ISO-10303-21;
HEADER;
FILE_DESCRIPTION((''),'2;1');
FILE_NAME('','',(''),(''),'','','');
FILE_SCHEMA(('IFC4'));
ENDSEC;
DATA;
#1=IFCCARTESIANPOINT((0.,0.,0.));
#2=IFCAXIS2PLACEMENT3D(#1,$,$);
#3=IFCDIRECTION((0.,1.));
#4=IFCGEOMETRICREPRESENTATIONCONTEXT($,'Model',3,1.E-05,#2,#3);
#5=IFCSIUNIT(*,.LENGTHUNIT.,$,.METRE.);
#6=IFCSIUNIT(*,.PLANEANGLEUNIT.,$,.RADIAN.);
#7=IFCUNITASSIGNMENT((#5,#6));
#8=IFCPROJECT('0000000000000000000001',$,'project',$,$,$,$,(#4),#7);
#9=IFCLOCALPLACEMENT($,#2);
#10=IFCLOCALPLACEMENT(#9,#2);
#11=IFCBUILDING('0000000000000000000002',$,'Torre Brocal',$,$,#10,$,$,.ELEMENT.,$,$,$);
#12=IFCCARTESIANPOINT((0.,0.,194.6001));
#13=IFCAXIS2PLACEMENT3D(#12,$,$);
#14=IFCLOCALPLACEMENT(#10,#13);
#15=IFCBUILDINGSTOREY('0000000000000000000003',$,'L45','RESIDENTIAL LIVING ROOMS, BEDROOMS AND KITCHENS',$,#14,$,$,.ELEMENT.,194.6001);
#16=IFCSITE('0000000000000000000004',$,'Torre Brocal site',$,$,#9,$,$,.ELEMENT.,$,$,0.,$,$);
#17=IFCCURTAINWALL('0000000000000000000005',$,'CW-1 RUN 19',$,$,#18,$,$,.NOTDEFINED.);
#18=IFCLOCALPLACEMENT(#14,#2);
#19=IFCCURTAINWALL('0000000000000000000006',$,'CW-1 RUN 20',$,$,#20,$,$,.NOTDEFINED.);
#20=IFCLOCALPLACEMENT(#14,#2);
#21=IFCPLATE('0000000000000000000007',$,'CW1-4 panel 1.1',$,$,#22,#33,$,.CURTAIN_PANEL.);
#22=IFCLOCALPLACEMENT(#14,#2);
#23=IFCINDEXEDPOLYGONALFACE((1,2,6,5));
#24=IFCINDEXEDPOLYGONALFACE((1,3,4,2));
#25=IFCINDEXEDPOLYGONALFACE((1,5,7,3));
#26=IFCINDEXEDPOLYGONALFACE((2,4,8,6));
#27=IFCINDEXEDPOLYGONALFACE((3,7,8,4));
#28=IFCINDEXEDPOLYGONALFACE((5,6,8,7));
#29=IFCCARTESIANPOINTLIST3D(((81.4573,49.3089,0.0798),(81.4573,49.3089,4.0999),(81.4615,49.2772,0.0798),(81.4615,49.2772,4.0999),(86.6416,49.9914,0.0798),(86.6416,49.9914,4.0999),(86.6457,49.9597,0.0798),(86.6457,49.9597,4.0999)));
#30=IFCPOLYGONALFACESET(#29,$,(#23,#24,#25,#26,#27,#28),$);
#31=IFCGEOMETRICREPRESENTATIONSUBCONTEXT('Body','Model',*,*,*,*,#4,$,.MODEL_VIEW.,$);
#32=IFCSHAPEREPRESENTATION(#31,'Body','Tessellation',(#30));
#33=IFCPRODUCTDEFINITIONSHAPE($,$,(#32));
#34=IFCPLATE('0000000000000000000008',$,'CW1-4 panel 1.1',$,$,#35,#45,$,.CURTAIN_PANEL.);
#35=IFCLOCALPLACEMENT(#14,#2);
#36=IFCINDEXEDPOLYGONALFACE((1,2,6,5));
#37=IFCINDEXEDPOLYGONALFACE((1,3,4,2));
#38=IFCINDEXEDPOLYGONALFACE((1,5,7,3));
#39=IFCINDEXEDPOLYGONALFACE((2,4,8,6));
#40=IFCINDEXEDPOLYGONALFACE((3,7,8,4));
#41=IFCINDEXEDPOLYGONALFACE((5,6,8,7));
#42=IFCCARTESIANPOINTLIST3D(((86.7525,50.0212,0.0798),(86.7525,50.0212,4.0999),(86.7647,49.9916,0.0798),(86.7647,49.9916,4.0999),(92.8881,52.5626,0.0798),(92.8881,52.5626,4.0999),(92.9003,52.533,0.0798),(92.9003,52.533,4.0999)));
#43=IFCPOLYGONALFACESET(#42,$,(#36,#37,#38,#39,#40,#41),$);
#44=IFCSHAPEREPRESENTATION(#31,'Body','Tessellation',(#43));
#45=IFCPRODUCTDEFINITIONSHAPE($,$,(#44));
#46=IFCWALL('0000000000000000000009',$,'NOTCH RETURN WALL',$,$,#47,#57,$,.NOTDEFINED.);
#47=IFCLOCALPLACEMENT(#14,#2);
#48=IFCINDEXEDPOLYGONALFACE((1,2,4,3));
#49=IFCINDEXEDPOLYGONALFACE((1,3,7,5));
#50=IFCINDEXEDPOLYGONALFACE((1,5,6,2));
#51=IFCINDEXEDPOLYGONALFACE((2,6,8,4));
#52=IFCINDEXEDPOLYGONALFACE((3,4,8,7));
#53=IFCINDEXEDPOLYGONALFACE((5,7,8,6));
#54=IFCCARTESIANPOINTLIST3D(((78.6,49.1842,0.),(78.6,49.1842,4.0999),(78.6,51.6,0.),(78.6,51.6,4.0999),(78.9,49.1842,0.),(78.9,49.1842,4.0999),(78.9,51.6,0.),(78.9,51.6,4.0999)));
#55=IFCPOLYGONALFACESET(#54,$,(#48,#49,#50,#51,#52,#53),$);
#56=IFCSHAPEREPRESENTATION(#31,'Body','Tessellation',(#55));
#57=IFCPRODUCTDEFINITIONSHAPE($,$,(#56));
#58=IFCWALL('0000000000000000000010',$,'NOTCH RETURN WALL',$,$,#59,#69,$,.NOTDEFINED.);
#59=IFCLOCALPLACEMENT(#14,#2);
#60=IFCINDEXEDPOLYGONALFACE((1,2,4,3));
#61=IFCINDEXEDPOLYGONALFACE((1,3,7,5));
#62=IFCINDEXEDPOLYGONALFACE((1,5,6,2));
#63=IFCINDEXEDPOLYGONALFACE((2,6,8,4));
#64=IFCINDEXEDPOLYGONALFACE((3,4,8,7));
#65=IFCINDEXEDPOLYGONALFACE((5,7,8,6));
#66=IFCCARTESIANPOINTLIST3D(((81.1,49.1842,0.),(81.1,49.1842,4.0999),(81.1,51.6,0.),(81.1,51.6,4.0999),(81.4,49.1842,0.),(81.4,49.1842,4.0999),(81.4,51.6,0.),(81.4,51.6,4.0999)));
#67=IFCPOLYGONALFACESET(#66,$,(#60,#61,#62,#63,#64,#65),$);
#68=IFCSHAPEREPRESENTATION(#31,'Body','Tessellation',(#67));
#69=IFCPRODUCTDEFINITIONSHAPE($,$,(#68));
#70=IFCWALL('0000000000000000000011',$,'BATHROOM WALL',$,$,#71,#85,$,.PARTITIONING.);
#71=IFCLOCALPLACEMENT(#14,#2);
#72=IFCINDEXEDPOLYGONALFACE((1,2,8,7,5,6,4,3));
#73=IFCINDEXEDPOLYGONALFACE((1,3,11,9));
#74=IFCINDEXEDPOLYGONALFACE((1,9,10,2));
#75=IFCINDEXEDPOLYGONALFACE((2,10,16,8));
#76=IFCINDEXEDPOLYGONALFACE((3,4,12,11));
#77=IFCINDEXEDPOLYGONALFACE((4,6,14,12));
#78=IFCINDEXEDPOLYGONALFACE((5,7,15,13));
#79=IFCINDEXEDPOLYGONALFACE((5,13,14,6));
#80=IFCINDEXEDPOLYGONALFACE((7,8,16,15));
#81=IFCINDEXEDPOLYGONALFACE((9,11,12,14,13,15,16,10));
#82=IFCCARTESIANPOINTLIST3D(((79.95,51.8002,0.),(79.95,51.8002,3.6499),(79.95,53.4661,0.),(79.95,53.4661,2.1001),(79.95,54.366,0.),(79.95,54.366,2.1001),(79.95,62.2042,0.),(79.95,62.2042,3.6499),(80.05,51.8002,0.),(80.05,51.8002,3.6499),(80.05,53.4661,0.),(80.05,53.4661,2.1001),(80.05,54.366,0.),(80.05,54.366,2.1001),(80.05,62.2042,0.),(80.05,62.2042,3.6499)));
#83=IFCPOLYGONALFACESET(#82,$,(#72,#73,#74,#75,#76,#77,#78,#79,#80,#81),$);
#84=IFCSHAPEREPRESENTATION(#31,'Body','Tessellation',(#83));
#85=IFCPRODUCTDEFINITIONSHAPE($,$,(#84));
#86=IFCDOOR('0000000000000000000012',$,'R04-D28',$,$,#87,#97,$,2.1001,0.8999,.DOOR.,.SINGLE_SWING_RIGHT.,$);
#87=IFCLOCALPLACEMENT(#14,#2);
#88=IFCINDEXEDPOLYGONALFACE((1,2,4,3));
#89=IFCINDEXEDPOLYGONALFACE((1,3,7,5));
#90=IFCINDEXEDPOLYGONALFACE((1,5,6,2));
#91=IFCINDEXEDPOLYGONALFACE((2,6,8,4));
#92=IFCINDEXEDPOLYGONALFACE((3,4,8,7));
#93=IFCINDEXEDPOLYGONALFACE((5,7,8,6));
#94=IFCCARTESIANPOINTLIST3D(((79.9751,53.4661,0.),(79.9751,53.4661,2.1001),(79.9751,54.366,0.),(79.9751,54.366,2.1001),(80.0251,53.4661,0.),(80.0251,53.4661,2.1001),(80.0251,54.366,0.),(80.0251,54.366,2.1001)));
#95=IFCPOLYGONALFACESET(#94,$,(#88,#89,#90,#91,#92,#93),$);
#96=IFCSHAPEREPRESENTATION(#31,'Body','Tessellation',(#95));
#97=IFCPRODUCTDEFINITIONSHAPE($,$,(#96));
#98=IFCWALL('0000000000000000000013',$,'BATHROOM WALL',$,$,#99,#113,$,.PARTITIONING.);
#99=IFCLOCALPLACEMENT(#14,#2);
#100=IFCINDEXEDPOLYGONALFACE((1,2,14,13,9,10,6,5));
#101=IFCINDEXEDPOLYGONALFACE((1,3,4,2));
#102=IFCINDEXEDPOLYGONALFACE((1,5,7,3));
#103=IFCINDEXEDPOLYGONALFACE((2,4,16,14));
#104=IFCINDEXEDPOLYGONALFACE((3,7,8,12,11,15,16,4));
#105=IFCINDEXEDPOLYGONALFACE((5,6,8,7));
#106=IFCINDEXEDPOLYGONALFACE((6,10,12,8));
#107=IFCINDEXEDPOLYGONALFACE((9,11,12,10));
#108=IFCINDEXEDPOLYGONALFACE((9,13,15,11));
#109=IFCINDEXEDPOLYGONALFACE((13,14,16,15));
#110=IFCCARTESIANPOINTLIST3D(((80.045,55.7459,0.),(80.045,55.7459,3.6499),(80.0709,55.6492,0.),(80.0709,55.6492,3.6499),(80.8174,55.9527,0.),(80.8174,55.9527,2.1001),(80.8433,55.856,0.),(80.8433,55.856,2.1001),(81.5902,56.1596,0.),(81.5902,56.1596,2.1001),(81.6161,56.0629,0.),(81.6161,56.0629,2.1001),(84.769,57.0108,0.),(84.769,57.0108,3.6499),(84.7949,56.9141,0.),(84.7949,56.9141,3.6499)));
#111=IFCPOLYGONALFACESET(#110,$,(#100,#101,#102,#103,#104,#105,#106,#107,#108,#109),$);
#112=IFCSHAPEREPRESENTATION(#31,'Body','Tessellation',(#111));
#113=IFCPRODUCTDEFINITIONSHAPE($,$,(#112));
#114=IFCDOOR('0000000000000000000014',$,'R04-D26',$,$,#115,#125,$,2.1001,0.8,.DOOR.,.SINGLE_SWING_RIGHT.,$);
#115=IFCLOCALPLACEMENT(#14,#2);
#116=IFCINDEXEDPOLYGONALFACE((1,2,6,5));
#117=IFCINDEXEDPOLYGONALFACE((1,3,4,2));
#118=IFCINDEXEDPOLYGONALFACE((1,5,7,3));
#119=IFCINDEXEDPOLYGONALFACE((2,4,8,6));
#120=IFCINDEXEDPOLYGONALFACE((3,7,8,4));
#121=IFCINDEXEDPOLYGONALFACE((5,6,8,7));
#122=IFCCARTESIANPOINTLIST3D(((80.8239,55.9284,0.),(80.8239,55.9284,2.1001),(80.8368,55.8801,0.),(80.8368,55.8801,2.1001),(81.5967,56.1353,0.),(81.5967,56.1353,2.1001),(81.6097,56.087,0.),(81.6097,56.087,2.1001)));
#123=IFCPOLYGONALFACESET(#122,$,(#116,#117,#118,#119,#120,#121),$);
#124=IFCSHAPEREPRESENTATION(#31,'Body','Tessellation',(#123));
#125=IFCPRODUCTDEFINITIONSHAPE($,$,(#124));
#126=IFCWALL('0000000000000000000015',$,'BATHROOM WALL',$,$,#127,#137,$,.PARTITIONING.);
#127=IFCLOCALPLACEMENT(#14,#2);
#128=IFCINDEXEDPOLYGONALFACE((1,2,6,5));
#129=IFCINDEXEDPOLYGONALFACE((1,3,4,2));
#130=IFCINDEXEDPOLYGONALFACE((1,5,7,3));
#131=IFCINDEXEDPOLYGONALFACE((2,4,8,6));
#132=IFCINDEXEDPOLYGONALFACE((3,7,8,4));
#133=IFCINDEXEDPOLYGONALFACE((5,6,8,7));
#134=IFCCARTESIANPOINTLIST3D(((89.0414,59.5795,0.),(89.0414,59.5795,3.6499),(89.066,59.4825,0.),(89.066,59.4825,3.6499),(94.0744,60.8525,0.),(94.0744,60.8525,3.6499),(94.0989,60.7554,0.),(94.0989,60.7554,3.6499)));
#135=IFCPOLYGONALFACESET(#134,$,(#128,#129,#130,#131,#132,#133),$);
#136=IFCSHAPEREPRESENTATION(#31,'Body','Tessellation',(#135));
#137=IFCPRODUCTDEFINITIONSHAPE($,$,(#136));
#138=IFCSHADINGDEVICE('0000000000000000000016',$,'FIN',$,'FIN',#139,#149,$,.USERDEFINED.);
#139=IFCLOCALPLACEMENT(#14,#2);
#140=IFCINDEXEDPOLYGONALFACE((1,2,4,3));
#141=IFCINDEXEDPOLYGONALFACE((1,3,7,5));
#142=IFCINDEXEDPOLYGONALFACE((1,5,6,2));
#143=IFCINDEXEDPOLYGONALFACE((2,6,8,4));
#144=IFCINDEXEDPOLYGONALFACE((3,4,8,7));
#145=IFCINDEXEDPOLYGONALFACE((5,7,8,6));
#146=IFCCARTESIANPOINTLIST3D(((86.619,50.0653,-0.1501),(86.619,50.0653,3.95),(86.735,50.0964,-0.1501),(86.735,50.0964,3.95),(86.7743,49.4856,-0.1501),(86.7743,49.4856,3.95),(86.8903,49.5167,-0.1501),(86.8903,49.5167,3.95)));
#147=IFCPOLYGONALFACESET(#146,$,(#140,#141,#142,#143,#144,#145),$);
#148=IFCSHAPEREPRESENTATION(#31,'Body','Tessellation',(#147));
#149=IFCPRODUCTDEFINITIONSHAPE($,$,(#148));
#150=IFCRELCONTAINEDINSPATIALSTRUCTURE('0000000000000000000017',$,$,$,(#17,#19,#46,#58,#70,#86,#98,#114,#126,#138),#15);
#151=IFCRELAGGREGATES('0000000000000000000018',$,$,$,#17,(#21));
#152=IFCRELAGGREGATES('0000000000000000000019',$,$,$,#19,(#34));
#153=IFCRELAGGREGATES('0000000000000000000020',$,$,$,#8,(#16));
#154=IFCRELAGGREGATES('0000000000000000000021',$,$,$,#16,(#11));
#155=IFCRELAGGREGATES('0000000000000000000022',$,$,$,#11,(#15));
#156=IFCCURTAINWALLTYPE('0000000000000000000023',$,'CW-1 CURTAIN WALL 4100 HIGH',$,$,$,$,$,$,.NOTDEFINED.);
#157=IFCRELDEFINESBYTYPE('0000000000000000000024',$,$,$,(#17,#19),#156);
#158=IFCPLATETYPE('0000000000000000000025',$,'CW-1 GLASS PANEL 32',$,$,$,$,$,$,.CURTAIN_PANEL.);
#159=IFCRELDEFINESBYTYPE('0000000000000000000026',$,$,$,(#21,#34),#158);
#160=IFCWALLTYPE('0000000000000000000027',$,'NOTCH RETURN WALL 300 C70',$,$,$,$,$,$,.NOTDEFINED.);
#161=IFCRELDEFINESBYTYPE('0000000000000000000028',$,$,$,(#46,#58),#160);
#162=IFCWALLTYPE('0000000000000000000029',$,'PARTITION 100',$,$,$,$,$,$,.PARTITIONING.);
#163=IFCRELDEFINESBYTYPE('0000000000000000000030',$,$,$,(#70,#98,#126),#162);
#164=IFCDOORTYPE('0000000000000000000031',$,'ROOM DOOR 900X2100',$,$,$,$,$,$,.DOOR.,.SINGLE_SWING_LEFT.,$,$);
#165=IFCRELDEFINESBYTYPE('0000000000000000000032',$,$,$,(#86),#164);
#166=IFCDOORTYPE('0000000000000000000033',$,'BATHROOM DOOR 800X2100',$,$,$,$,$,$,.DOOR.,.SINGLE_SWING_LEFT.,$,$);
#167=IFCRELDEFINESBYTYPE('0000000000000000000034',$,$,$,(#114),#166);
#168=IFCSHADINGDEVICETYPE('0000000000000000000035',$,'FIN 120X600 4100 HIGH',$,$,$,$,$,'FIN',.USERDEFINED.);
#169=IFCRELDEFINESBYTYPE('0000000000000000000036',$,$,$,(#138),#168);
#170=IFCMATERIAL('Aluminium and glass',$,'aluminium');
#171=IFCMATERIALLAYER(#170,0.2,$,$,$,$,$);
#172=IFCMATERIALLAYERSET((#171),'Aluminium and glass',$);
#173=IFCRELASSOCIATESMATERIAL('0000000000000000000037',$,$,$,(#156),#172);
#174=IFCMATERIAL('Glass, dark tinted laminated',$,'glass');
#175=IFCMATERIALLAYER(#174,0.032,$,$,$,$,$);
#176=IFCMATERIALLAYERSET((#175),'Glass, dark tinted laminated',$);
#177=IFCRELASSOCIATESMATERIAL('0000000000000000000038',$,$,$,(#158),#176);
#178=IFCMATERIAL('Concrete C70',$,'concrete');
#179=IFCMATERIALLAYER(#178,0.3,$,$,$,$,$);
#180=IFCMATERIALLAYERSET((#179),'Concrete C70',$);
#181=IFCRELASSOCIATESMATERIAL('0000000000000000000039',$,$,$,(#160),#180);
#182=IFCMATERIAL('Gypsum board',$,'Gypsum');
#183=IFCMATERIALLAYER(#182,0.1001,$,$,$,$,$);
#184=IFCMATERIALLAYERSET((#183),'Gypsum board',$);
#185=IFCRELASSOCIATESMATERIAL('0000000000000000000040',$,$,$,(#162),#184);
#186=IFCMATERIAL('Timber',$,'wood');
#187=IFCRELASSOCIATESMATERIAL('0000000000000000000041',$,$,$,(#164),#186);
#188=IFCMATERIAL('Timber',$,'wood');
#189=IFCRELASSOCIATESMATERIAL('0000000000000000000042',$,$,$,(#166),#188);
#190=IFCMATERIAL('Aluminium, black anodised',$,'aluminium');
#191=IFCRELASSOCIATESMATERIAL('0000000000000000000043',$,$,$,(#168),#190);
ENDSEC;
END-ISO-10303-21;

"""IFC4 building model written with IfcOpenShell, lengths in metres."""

from ifc_helpers import new_model, si_unit, direction, frame, frame_2d, origin, origin_2d, place, context, subcontext, project, spatial, rectangle, extrude, material, layer, layer_set, material_profile, profile_set, type_object, element, fill, aggregate, save


model = new_model("IFC4")

# Units and contexts
model_context = context("Model", 3, precision=1e-05, world=origin(), true_north=direction((0.0, 1.0)))
body_context = subcontext(model_context, "Body", "Model", "MODEL_VIEW")
ifc_project = project(units=[si_unit("LENGTHUNIT", "METRE"), si_unit("PLANEANGLEUNIT", "RADIAN")], contexts=[model_context])

# Site, building, storey
site_placement = place(None, origin())
site = spatial("IfcSite", under=ifc_project, at=site_placement, Name="Torre Brocal site", CompositionType="ELEMENT", RefElevation=0.0)
building_placement = place(site_placement, origin())
building = spatial("IfcBuilding", under=site, at=building_placement, Name="Torre Brocal", CompositionType="ELEMENT")
storey_placement = place(building_placement, frame((0.0, 0.0, 194.6001)))
storey = spatial("IfcBuildingStorey", under=building, at=storey_placement, Name="L45", Description="RESIDENTIAL LIVING ROOMS, BEDROOMS AND KITCHENS", CompositionType="ELEMENT", Elevation=194.6001)

# Curtain wall
ifc_material_1 = material(Name="Aluminium and glass", Category="aluminium")
ifc_layer_1 = layer(ifc_material_1, 0.2)
ifc_layer_set_1 = layer_set([ifc_layer_1], Name="Aluminium and glass")
curtain_wall_type = type_object("IfcCurtainWallType", Name="CW-1 CURTAIN WALL 4100 HIGH", PredefinedType="NOTDEFINED", material=ifc_layer_set_1)
curtain_wall_1_placement = place(storey_placement, origin())
curtain_wall_1 = element("IfcCurtainWall", 1, at=curtain_wall_1_placement, inside=storey, type_object=curtain_wall_type, Name="CW-1 RUN 19", PredefinedType="NOTDEFINED")

# Curtain wall
curtain_wall_2_placement = place(storey_placement, origin())
curtain_wall_2 = element("IfcCurtainWall", 2, at=curtain_wall_2_placement, inside=storey, type_object=curtain_wall_type, Name="CW-1 RUN 20", PredefinedType="NOTDEFINED")

# Plates
ifc_material_2 = material(Name="Glass, dark tinted laminated", Category="glass")
ifc_layer_2 = layer(ifc_material_2, 0.032)
ifc_layer_set_2 = layer_set([ifc_layer_2], Name="Glass, dark tinted laminated")
plate_type = type_object("IfcPlateType", Name="CW-1 GLASS PANEL 32", PredefinedType="CURTAIN_PANEL", material=ifc_layer_set_2)
plate_1_placement = place(storey_placement, frame((84.0515, 49.6343, 0.0798), z_axis=(0.0, 0.0, 1.0), x_axis=(0.991445, 0.130526, 0.0)))
plate_1 = element("IfcPlate", 3, at=plate_1_placement, type_object=plate_type, Name="CW1-4 panel 1.1", PredefinedType="CURTAIN_PANEL", context=body_context, shape_type="SweptSolid", body=[
    extrude(rectangle(XDim=5.229, YDim=0.032, at=origin_2d()), origin(), (0.0, 0.0, 1.0), 4.02),
])
aggregate(curtain_wall_1, [plate_1])
plate_2_placement = place(storey_placement, frame((89.8264, 51.2771, 0.0798), z_axis=(0.0, 0.0, 1.0), x_axis=(0.92388, 0.382683, 0.0)))
plate_2 = element("IfcPlate", 4, at=plate_2_placement, type_object=plate_type, Name="CW1-4 panel 1.1", PredefinedType="CURTAIN_PANEL", context=body_context, shape_type="SweptSolid", body=[
    extrude(rectangle(XDim=6.6411, YDim=0.032, at=origin_2d()), origin(), (0.0, 0.0, 1.0), 4.02),
])
aggregate(curtain_wall_2, [plate_2])

# Walls
ifc_material_3 = material(Name="Concrete C70", Category="concrete")
ifc_layer_3 = layer(ifc_material_3, 0.3)
ifc_layer_set_3 = layer_set([ifc_layer_3], Name="Concrete C70")
wall_type_1 = type_object("IfcWallType", Name="NOTCH RETURN WALL 300 C70", PredefinedType="NOTDEFINED", material=ifc_layer_set_3)
for number, where, z_axis, x_axis, name in (
    (5, (78.75, 51.6001, 0.0), (0.0, 0.0, 1.0), (0.0, -1.0, 0.0), "NOTCH RETURN WALL"),
    (6, (81.25, 51.6001, 0.0), (0.0, 0.0, 1.0), (0.0, -1.0, 0.0), "NOTCH RETURN WALL"),
):
    element("IfcWall", number, at=place(storey_placement, frame(where, z_axis=z_axis, x_axis=x_axis)), inside=storey, type_object=wall_type_1, Name=name, PredefinedType="NOTDEFINED", context=body_context, shape_type="SweptSolid", body=[
        extrude(rectangle(XDim=2.4158, YDim=0.3, at=frame_2d((1.208, 0.0))), origin(), (0.0, 0.0, 1.0), 4.0999),
    ])

# Walls, openings, doors
ifc_material_4 = material(Name="Gypsum board", Category="Gypsum")
ifc_layer_4 = layer(ifc_material_4, 0.1001)
ifc_layer_set_4 = layer_set([ifc_layer_4], Name="Gypsum board")
wall_type_2 = type_object("IfcWallType", Name="PARTITION 100", PredefinedType="PARTITIONING", material=ifc_layer_set_4)
wall_1_placement = place(storey_placement, frame((80.0, 51.8, 0.0), z_axis=(0.0, 0.0, 1.0), x_axis=(0.0, 1.0, 0.0)))
wall_1 = element("IfcWall", 7, at=wall_1_placement, inside=storey, type_object=wall_type_2, Name="BATHROOM WALL", PredefinedType="PARTITIONING", context=body_context, shape_type="SweptSolid", body=[
    extrude(rectangle(XDim=10.4041, YDim=0.1001, at=frame_2d((5.2021, 0.0))), origin(), (0.0, 0.0, 1.0), 3.6499),
])
opening_1_placement = place(wall_1_placement, frame((1.666, 0.0, 0.0)))
opening_1 = element("IfcOpeningElement", 8, at=opening_1_placement, cuts=wall_1, PredefinedType="OPENING", context=body_context, shape_type="SweptSolid", body=[
    extrude(rectangle(XDim=0.8999, YDim=2.1001, at=frame_2d((0.45, 1.05))), frame((0.0, 0.0601, 0.0), z_axis=(0.0, -1.0, 0.0), x_axis=(1.0, 0.0, 0.0)), (0.0, 0.0, 1.0), 0.1201),
])
ifc_material_5 = material(Name="Timber", Category="wood")
door_type_1 = type_object("IfcDoorType", Name="ROOM DOOR 900X2100", OperationType="SINGLE_SWING_LEFT", PredefinedType="DOOR", material=ifc_material_5)
door_1_placement = place(opening_1_placement, origin())
door_1 = element("IfcDoor", 9, at=door_1_placement, inside=storey, type_object=door_type_1, Name="R04-D28", OperationType="SINGLE_SWING_RIGHT", OverallHeight=2.1001, OverallWidth=0.8999, PredefinedType="DOOR", context=body_context, shape_type="SweptSolid", body=[
    extrude(rectangle(XDim=0.8999, YDim=2.1001, at=frame_2d((0.45, 1.05))), frame((0.0, 0.0249, 0.0), z_axis=(0.0, -1.0, 0.0), x_axis=(1.0, 0.0, 0.0)), (0.0, 0.0, 1.0), 0.05),
])
fill(opening_1, door_1)
wall_2_placement = place(storey_placement, frame((80.0579, 55.6975, 0.0), z_axis=(0.0, 0.0, 1.0), x_axis=(0.96597, 0.258654, 0.0)))
wall_2 = element("IfcWall", 10, at=wall_2_placement, inside=storey, type_object=wall_type_2, Name="BATHROOM WALL", PredefinedType="PARTITIONING", context=body_context, shape_type="SweptSolid", body=[
    extrude(rectangle(XDim=4.8904, YDim=0.1001, at=frame_2d((2.4453, 0.0))), origin(), (0.0, 0.0, 1.0), 3.6499),
])
opening_2_placement = place(wall_2_placement, frame((0.7998, 0.0, 0.0)))
opening_2 = element("IfcOpeningElement", 11, at=opening_2_placement, cuts=wall_2, PredefinedType="OPENING", context=body_context, shape_type="SweptSolid", body=[
    extrude(rectangle(XDim=0.8, YDim=2.1001, at=frame_2d((0.3999, 1.05))), frame((0.0, 0.0601, 0.0), z_axis=(0.0, -1.0, 0.0), x_axis=(1.0, 0.0, 0.0)), (0.0, 0.0, 1.0), 0.1201),
])
ifc_material_6 = material(Name="Timber", Category="wood")
door_type_2 = type_object("IfcDoorType", Name="BATHROOM DOOR 800X2100", OperationType="SINGLE_SWING_LEFT", PredefinedType="DOOR", material=ifc_material_6)
door_2_placement = place(opening_2_placement, origin())
door_2 = element("IfcDoor", 12, at=door_2_placement, inside=storey, type_object=door_type_2, Name="R04-D26", OperationType="SINGLE_SWING_RIGHT", OverallHeight=2.1001, OverallWidth=0.8, PredefinedType="DOOR", context=body_context, shape_type="SweptSolid", body=[
    extrude(rectangle(XDim=0.8, YDim=2.1001, at=frame_2d((0.3999, 1.05))), frame((0.0, 0.0249, 0.0), z_axis=(0.0, -1.0, 0.0), x_axis=(1.0, 0.0, 0.0)), (0.0, 0.0, 1.0), 0.05),
])
fill(opening_2, door_2)

# Wall
wall_3_placement = place(storey_placement, frame((89.0537, 59.531, 0.0), z_axis=(0.0, 0.0, 1.0), x_axis=(0.969472, 0.245201, 0.0)))
element("IfcWall", 13, at=wall_3_placement, inside=storey, type_object=wall_type_2, Name="BATHROOM WALL", PredefinedType="PARTITIONING", context=body_context, shape_type="SweptSolid", body=[
    extrude(rectangle(XDim=5.1914, YDim=0.1001, at=frame_2d((2.5957, 0.0))), origin(), (0.0, 0.0, 1.0), 3.6499),
])

# Shading device
ifc_material_7 = material(Name="Aluminium, black anodised", Category="aluminium")
ifc_material_profile_1 = material_profile(ifc_material_7, rectangle(XDim=0.1201, YDim=0.6001, at=origin_2d()), Name="FIN 120X600 4100 HIGH")
ifc_profile_set_1 = profile_set([ifc_material_profile_1], Name="Aluminium, black anodised")
shading_device_type = type_object("IfcShadingDeviceType", Name="FIN 120X600 4100 HIGH", ElementType="FIN", PredefinedType="USERDEFINED", material=ifc_profile_set_1)
shading_device_placement = place(storey_placement, frame((86.7546, 49.791, -0.1501), z_axis=(0.0, 0.0, 1.0), x_axis=(0.965926, 0.258819, 0.0)))
element("IfcShadingDevice", 14, at=shading_device_placement, inside=storey, type_object=shading_device_type, Name="FIN", ObjectType="FIN", PredefinedType="USERDEFINED", context=body_context, shape_type="SweptSolid", body=[
    extrude(rectangle(XDim=0.1201, YDim=0.6001, at=origin_2d()), origin(), (0.0, 0.0, 1.0), 4.1001),
])

save(model, "model.ifc")
